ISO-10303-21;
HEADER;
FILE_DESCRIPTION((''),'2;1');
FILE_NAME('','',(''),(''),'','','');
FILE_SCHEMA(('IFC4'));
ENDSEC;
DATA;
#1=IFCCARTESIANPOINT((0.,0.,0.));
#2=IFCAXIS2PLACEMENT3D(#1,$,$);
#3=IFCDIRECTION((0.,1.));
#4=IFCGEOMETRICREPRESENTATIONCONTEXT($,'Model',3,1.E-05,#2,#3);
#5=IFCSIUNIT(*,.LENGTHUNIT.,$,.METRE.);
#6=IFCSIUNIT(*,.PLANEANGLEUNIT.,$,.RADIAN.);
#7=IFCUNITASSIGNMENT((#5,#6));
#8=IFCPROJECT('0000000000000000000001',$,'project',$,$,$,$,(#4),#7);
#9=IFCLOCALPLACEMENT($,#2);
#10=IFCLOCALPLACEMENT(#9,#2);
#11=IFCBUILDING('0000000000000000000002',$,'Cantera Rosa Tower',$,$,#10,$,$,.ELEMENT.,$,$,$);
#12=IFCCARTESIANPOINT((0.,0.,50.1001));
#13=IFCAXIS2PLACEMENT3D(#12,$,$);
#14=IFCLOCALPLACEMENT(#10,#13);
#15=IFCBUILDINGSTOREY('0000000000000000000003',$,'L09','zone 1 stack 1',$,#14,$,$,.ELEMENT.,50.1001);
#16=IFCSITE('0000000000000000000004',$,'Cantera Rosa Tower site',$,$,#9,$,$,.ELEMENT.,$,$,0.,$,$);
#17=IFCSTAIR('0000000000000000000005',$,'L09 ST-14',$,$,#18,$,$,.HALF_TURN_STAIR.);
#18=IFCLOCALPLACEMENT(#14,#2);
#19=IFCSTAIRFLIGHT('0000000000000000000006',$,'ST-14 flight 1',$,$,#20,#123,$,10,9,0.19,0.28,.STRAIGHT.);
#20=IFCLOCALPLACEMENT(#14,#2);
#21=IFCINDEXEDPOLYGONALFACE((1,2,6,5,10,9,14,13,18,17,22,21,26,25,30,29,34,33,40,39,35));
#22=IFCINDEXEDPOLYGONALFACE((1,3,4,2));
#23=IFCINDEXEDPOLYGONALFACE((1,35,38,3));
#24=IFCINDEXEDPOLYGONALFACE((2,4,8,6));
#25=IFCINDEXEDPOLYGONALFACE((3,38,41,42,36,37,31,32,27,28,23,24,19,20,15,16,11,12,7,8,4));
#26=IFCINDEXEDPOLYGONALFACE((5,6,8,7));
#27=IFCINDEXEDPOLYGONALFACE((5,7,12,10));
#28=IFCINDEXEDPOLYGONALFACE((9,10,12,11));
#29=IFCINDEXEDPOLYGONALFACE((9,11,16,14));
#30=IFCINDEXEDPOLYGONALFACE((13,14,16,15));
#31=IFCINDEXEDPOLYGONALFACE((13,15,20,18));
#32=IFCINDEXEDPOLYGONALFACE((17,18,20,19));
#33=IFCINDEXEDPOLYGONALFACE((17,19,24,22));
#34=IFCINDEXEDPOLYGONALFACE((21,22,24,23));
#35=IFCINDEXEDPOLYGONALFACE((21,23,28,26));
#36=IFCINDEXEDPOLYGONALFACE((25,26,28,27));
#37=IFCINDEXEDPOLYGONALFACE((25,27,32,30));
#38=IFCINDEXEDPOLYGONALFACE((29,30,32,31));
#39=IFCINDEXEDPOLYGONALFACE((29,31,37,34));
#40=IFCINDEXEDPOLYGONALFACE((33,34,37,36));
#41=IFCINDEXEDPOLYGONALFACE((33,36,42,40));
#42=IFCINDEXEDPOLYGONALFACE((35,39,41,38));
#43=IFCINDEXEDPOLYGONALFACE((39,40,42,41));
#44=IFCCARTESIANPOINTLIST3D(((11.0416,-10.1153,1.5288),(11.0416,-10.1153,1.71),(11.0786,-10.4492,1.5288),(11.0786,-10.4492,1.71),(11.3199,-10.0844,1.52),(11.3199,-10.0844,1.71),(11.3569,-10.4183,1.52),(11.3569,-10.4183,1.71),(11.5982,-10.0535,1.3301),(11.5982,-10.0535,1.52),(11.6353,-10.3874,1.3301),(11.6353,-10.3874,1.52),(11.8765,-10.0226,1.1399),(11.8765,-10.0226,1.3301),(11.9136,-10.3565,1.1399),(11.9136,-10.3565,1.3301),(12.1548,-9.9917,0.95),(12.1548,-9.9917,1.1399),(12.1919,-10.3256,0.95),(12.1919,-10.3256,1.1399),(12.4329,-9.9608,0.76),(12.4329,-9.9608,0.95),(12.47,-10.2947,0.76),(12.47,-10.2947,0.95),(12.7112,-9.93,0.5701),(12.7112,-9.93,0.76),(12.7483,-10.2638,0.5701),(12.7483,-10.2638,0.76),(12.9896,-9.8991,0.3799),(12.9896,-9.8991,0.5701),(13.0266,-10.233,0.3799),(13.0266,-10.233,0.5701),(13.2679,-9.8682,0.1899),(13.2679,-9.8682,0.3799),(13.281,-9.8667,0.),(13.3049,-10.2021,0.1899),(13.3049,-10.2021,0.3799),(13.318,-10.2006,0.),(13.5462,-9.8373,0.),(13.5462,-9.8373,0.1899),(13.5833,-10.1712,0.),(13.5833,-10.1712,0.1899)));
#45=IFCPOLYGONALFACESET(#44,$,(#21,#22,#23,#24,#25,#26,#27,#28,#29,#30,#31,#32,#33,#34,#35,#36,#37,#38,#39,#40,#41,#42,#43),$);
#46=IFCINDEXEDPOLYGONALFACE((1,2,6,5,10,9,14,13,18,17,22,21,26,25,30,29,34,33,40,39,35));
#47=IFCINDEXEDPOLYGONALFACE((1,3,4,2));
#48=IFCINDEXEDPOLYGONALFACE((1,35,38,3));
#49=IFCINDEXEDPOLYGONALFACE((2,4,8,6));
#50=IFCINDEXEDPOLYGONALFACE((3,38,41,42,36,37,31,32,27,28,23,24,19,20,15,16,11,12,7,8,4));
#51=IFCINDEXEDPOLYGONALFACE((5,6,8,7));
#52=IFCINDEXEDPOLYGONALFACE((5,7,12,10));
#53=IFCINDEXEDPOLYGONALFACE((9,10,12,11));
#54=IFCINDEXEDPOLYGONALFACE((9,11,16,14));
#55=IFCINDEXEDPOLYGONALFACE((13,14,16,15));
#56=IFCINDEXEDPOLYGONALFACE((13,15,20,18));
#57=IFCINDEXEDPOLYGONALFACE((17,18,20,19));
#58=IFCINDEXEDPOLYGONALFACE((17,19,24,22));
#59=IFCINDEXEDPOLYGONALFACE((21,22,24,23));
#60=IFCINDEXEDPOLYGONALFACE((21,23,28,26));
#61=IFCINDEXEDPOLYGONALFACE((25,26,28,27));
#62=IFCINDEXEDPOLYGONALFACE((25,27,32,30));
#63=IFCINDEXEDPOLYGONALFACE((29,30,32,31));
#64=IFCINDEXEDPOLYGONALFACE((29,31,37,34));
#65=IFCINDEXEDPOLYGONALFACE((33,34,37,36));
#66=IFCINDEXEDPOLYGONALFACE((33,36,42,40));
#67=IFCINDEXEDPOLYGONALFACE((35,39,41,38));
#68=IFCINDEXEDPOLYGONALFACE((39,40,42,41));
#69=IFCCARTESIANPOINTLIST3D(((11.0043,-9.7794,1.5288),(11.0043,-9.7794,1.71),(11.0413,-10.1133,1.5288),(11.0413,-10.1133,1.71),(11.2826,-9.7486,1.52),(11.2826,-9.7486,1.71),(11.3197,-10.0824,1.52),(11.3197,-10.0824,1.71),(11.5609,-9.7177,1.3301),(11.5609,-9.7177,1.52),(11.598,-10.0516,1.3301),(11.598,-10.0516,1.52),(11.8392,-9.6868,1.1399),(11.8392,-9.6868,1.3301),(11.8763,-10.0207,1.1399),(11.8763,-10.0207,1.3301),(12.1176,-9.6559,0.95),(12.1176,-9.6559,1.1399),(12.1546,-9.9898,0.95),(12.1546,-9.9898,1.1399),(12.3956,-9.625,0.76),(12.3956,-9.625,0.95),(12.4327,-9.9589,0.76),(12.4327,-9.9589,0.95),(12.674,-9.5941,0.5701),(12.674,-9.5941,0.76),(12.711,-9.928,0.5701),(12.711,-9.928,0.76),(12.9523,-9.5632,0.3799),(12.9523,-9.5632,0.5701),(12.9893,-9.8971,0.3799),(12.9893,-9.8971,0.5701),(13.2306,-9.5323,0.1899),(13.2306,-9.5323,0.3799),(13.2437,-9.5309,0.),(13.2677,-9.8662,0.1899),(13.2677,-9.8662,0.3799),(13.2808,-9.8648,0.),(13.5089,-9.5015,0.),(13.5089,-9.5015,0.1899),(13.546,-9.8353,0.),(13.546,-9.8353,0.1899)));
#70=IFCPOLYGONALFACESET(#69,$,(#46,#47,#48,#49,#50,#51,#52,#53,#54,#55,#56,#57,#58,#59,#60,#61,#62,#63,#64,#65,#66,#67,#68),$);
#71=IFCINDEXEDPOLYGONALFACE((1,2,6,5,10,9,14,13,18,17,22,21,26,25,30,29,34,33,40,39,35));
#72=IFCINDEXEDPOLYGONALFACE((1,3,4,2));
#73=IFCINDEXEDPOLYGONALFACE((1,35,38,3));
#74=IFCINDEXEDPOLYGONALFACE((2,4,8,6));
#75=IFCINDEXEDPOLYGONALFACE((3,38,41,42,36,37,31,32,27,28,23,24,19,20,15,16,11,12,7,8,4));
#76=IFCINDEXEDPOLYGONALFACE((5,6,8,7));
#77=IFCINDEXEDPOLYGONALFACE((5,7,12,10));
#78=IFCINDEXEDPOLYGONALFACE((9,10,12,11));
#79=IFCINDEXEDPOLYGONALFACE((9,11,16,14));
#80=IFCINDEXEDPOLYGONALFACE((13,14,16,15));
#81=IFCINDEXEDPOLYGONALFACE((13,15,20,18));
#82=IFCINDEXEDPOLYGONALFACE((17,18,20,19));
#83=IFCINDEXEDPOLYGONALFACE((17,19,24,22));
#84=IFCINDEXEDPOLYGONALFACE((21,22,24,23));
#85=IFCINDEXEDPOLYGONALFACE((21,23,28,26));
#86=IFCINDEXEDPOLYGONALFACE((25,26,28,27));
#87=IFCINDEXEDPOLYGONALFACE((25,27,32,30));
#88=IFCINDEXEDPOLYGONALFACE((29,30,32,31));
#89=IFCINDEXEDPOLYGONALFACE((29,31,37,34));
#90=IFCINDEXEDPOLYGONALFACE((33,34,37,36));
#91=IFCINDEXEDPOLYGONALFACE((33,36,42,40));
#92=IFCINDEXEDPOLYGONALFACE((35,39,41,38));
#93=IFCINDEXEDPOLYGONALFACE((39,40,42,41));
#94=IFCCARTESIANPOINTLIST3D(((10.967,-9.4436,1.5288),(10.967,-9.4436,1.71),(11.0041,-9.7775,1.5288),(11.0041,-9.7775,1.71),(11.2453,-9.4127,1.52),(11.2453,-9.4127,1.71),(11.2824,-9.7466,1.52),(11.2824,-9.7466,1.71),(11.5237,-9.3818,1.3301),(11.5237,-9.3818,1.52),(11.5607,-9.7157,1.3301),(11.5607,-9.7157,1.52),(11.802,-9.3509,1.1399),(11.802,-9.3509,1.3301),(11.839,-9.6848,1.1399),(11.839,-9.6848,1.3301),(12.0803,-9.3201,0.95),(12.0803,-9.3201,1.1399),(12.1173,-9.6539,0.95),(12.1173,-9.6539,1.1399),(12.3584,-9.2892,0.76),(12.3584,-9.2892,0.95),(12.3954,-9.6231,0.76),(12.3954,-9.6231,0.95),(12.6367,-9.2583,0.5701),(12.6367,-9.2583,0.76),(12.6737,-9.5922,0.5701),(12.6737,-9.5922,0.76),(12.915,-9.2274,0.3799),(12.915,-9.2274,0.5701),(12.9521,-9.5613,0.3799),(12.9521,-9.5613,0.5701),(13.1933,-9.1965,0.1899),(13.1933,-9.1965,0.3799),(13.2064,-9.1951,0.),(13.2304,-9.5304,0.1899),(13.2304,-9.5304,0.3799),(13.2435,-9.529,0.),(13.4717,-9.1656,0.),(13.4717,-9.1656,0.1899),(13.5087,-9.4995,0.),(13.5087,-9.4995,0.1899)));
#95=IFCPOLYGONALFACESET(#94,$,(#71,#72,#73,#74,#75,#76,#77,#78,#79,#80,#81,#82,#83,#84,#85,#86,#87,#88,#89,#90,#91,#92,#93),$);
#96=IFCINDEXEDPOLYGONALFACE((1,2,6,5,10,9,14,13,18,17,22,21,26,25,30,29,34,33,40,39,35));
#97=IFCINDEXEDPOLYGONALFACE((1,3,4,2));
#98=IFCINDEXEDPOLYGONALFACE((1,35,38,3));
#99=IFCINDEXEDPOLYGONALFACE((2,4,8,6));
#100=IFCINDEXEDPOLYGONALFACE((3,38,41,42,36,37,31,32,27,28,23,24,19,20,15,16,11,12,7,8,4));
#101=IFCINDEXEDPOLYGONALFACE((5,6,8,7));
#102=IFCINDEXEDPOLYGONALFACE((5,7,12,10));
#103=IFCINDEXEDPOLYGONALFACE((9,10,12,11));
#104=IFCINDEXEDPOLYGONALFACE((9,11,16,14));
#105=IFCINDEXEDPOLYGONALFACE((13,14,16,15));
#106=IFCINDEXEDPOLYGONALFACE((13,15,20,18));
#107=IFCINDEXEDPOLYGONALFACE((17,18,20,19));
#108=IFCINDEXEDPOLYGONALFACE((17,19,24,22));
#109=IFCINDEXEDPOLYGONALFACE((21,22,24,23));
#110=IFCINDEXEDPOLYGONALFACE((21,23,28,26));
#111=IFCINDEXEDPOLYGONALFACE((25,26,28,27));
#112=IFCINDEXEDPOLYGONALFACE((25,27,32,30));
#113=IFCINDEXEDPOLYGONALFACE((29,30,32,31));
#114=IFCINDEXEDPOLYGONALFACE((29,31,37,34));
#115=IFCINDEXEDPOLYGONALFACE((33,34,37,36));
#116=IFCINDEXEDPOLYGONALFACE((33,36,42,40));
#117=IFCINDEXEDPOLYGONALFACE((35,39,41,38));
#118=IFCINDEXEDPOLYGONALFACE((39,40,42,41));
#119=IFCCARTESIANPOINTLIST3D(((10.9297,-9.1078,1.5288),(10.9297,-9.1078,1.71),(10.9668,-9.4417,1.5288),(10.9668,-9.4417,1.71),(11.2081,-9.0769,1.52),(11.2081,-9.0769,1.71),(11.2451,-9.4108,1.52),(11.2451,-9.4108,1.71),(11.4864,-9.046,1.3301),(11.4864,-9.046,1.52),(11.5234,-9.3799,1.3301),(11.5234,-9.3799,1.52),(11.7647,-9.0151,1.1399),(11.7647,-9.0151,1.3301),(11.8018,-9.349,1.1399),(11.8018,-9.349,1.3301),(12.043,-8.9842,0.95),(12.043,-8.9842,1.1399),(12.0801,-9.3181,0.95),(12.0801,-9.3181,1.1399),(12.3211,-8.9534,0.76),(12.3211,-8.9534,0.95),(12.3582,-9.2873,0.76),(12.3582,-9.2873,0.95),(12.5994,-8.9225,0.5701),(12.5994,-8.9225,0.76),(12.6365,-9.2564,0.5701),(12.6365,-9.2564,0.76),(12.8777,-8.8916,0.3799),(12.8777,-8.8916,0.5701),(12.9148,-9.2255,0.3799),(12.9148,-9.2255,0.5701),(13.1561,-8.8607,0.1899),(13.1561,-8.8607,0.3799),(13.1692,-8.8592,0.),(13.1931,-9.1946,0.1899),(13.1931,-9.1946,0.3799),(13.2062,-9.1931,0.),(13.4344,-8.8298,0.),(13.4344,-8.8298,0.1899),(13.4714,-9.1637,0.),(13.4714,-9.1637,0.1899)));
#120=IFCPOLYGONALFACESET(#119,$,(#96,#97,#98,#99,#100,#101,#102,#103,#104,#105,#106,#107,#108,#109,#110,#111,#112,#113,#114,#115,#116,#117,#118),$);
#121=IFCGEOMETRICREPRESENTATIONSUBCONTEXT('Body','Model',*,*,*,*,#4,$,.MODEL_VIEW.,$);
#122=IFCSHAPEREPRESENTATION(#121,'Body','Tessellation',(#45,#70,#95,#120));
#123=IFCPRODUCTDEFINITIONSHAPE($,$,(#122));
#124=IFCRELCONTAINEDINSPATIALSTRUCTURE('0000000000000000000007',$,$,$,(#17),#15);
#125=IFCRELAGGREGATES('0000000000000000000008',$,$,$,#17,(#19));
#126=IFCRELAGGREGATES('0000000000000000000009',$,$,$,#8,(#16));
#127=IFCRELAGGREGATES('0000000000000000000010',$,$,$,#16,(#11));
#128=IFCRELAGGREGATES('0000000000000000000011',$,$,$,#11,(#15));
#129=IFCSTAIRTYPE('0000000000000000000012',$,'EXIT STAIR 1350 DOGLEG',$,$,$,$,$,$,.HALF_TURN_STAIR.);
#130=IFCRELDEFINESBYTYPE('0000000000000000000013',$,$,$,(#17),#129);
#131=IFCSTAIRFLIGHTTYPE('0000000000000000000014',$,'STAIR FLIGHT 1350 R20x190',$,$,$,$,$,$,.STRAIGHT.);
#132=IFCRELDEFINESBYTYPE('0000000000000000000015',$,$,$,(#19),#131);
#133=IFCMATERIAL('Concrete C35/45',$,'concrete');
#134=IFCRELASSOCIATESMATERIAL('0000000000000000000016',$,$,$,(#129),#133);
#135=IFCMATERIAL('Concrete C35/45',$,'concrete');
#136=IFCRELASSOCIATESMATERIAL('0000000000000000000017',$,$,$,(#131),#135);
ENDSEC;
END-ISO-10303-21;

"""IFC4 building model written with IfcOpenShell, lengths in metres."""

from ifc_helpers import new_model, si_unit, direction, frame, origin, place, context, subcontext, project, spatial, polyline, outline, extrude, material, type_object, element, aggregate, save


model = new_model("IFC4")

# Units and contexts
model_context = context("Model", 3, precision=1e-05, world=origin(), true_north=direction((0.0, 1.0)))
body_context = subcontext(model_context, "Body", "Model", "MODEL_VIEW")
ifc_project = project(units=[si_unit("LENGTHUNIT", "METRE"), si_unit("PLANEANGLEUNIT", "RADIAN")], contexts=[model_context])

# Site, building, storey
site_placement = place(None, origin())
site = spatial("IfcSite", under=ifc_project, at=site_placement, Name="Cantera Rosa Tower site", CompositionType="ELEMENT", RefElevation=0.0)
building_placement = place(site_placement, origin())
building = spatial("IfcBuilding", under=site, at=building_placement, Name="Cantera Rosa Tower", CompositionType="ELEMENT")
storey_placement = place(building_placement, frame((0.0, 0.0, 50.1001)))
storey = spatial("IfcBuildingStorey", under=building, at=storey_placement, Name="L09", Description="zone 1 stack 1", CompositionType="ELEMENT", Elevation=50.1001)

# Stair, stair flight
ifc_material_1 = material(Name="Concrete C35/45", Category="concrete")
stair_type = type_object("IfcStairType", Name="EXIT STAIR 1350 DOGLEG", PredefinedType="HALF_TURN_STAIR", material=ifc_material_1)
stair_placement = place(storey_placement, origin())
stair = element("IfcStair", 1, at=stair_placement, inside=storey, type_object=stair_type, Name="L09 ST-14", PredefinedType="HALF_TURN_STAIR")
ifc_material_2 = material(Name="Concrete C35/45", Category="concrete")
stair_flight_type = type_object("IfcStairFlightType", Name="STAIR FLIGHT 1350 R20x190", PredefinedType="STRAIGHT", material=ifc_material_2)
stair_flight_placement = place(storey_placement, frame((13.5088, -9.5002, 0.0), z_axis=(0.0, 0.0, 1.0), x_axis=(-0.993897, -0.110313, 0.0)))
stair_flight = element("IfcStairFlight", 2, at=stair_flight_placement, type_object=stair_flight_type, Name="ST-14 flight 1", NumberOfRisers=10, NumberOfTreads=9, PredefinedType="STRAIGHT", RiserHeight=0.19, TreadLength=0.28, context=body_context, shape_type="SweptSolid", body=[
    extrude(outline(polyline([(0.0, 0.0), (0.0, 0.1899), (0.28, 0.1899), (0.28, 0.3799), (0.5601, 0.3799), (0.5601, 0.5701), (0.8401, 0.5701), (0.8401, 0.76), (1.1201, 0.76), (1.1201, 0.95), (1.3999, 0.95), (1.3999, 1.1399), (1.6799, 1.1399), (1.6799, 1.3301), (1.96, 1.3301), (1.96, 1.52), (2.24, 1.52), (2.24, 1.71), (2.52, 1.71), (2.52, 1.8999), (2.52, 1.5288), (0.2668, 0.0), (0.0, 0.0)])), frame((0.0, 0.675, 0.0), z_axis=(0.0, -1.0, 0.0), x_axis=(1.0, 0.0, 0.0)), (0.0, 0.0, 1.0), 0.3359),
    extrude(outline(polyline([(0.0, 0.0), (0.0, 0.1899), (0.28, 0.1899), (0.28, 0.3799), (0.5601, 0.3799), (0.5601, 0.5701), (0.8401, 0.5701), (0.8401, 0.76), (1.1201, 0.76), (1.1201, 0.95), (1.3999, 0.95), (1.3999, 1.1399), (1.6799, 1.1399), (1.6799, 1.3301), (1.96, 1.3301), (1.96, 1.52), (2.24, 1.52), (2.24, 1.71), (2.52, 1.71), (2.52, 1.8999), (2.52, 1.5288), (0.2668, 0.0), (0.0, 0.0)])), frame((0.0, 0.3372, 0.0), z_axis=(0.0, -1.0, 0.0), x_axis=(1.0, 0.0, 0.0)), (0.0, 0.0, 1.0), 0.3359),
    extrude(outline(polyline([(0.0, 0.0), (0.0, 0.1899), (0.28, 0.1899), (0.28, 0.3799), (0.5601, 0.3799), (0.5601, 0.5701), (0.8401, 0.5701), (0.8401, 0.76), (1.1201, 0.76), (1.1201, 0.95), (1.3999, 0.95), (1.3999, 1.1399), (1.6799, 1.1399), (1.6799, 1.3301), (1.96, 1.3301), (1.96, 1.52), (2.24, 1.52), (2.24, 1.71), (2.52, 1.71), (2.52, 1.8999), (2.52, 1.5288), (0.2668, 0.0), (0.0, 0.0)])), frame((0.0, -0.0007, 0.0), z_axis=(0.0, -1.0, 0.0), x_axis=(1.0, 0.0, 0.0)), (0.0, 0.0, 1.0), 0.3359),
    extrude(outline(polyline([(0.0, 0.0), (0.0, 0.1899), (0.28, 0.1899), (0.28, 0.3799), (0.5601, 0.3799), (0.5601, 0.5701), (0.8401, 0.5701), (0.8401, 0.76), (1.1201, 0.76), (1.1201, 0.95), (1.3999, 0.95), (1.3999, 1.1399), (1.6799, 1.1399), (1.6799, 1.3301), (1.96, 1.3301), (1.96, 1.52), (2.24, 1.52), (2.24, 1.71), (2.52, 1.71), (2.52, 1.8999), (2.52, 1.5288), (0.2668, 0.0), (0.0, 0.0)])), frame((0.0, -0.3386, 0.0), z_axis=(0.0, -1.0, 0.0), x_axis=(1.0, 0.0, 0.0)), (0.0, 0.0, 1.0), 0.3359),
])
aggregate(stair, [stair_flight])

save(model, "model.ifc")
